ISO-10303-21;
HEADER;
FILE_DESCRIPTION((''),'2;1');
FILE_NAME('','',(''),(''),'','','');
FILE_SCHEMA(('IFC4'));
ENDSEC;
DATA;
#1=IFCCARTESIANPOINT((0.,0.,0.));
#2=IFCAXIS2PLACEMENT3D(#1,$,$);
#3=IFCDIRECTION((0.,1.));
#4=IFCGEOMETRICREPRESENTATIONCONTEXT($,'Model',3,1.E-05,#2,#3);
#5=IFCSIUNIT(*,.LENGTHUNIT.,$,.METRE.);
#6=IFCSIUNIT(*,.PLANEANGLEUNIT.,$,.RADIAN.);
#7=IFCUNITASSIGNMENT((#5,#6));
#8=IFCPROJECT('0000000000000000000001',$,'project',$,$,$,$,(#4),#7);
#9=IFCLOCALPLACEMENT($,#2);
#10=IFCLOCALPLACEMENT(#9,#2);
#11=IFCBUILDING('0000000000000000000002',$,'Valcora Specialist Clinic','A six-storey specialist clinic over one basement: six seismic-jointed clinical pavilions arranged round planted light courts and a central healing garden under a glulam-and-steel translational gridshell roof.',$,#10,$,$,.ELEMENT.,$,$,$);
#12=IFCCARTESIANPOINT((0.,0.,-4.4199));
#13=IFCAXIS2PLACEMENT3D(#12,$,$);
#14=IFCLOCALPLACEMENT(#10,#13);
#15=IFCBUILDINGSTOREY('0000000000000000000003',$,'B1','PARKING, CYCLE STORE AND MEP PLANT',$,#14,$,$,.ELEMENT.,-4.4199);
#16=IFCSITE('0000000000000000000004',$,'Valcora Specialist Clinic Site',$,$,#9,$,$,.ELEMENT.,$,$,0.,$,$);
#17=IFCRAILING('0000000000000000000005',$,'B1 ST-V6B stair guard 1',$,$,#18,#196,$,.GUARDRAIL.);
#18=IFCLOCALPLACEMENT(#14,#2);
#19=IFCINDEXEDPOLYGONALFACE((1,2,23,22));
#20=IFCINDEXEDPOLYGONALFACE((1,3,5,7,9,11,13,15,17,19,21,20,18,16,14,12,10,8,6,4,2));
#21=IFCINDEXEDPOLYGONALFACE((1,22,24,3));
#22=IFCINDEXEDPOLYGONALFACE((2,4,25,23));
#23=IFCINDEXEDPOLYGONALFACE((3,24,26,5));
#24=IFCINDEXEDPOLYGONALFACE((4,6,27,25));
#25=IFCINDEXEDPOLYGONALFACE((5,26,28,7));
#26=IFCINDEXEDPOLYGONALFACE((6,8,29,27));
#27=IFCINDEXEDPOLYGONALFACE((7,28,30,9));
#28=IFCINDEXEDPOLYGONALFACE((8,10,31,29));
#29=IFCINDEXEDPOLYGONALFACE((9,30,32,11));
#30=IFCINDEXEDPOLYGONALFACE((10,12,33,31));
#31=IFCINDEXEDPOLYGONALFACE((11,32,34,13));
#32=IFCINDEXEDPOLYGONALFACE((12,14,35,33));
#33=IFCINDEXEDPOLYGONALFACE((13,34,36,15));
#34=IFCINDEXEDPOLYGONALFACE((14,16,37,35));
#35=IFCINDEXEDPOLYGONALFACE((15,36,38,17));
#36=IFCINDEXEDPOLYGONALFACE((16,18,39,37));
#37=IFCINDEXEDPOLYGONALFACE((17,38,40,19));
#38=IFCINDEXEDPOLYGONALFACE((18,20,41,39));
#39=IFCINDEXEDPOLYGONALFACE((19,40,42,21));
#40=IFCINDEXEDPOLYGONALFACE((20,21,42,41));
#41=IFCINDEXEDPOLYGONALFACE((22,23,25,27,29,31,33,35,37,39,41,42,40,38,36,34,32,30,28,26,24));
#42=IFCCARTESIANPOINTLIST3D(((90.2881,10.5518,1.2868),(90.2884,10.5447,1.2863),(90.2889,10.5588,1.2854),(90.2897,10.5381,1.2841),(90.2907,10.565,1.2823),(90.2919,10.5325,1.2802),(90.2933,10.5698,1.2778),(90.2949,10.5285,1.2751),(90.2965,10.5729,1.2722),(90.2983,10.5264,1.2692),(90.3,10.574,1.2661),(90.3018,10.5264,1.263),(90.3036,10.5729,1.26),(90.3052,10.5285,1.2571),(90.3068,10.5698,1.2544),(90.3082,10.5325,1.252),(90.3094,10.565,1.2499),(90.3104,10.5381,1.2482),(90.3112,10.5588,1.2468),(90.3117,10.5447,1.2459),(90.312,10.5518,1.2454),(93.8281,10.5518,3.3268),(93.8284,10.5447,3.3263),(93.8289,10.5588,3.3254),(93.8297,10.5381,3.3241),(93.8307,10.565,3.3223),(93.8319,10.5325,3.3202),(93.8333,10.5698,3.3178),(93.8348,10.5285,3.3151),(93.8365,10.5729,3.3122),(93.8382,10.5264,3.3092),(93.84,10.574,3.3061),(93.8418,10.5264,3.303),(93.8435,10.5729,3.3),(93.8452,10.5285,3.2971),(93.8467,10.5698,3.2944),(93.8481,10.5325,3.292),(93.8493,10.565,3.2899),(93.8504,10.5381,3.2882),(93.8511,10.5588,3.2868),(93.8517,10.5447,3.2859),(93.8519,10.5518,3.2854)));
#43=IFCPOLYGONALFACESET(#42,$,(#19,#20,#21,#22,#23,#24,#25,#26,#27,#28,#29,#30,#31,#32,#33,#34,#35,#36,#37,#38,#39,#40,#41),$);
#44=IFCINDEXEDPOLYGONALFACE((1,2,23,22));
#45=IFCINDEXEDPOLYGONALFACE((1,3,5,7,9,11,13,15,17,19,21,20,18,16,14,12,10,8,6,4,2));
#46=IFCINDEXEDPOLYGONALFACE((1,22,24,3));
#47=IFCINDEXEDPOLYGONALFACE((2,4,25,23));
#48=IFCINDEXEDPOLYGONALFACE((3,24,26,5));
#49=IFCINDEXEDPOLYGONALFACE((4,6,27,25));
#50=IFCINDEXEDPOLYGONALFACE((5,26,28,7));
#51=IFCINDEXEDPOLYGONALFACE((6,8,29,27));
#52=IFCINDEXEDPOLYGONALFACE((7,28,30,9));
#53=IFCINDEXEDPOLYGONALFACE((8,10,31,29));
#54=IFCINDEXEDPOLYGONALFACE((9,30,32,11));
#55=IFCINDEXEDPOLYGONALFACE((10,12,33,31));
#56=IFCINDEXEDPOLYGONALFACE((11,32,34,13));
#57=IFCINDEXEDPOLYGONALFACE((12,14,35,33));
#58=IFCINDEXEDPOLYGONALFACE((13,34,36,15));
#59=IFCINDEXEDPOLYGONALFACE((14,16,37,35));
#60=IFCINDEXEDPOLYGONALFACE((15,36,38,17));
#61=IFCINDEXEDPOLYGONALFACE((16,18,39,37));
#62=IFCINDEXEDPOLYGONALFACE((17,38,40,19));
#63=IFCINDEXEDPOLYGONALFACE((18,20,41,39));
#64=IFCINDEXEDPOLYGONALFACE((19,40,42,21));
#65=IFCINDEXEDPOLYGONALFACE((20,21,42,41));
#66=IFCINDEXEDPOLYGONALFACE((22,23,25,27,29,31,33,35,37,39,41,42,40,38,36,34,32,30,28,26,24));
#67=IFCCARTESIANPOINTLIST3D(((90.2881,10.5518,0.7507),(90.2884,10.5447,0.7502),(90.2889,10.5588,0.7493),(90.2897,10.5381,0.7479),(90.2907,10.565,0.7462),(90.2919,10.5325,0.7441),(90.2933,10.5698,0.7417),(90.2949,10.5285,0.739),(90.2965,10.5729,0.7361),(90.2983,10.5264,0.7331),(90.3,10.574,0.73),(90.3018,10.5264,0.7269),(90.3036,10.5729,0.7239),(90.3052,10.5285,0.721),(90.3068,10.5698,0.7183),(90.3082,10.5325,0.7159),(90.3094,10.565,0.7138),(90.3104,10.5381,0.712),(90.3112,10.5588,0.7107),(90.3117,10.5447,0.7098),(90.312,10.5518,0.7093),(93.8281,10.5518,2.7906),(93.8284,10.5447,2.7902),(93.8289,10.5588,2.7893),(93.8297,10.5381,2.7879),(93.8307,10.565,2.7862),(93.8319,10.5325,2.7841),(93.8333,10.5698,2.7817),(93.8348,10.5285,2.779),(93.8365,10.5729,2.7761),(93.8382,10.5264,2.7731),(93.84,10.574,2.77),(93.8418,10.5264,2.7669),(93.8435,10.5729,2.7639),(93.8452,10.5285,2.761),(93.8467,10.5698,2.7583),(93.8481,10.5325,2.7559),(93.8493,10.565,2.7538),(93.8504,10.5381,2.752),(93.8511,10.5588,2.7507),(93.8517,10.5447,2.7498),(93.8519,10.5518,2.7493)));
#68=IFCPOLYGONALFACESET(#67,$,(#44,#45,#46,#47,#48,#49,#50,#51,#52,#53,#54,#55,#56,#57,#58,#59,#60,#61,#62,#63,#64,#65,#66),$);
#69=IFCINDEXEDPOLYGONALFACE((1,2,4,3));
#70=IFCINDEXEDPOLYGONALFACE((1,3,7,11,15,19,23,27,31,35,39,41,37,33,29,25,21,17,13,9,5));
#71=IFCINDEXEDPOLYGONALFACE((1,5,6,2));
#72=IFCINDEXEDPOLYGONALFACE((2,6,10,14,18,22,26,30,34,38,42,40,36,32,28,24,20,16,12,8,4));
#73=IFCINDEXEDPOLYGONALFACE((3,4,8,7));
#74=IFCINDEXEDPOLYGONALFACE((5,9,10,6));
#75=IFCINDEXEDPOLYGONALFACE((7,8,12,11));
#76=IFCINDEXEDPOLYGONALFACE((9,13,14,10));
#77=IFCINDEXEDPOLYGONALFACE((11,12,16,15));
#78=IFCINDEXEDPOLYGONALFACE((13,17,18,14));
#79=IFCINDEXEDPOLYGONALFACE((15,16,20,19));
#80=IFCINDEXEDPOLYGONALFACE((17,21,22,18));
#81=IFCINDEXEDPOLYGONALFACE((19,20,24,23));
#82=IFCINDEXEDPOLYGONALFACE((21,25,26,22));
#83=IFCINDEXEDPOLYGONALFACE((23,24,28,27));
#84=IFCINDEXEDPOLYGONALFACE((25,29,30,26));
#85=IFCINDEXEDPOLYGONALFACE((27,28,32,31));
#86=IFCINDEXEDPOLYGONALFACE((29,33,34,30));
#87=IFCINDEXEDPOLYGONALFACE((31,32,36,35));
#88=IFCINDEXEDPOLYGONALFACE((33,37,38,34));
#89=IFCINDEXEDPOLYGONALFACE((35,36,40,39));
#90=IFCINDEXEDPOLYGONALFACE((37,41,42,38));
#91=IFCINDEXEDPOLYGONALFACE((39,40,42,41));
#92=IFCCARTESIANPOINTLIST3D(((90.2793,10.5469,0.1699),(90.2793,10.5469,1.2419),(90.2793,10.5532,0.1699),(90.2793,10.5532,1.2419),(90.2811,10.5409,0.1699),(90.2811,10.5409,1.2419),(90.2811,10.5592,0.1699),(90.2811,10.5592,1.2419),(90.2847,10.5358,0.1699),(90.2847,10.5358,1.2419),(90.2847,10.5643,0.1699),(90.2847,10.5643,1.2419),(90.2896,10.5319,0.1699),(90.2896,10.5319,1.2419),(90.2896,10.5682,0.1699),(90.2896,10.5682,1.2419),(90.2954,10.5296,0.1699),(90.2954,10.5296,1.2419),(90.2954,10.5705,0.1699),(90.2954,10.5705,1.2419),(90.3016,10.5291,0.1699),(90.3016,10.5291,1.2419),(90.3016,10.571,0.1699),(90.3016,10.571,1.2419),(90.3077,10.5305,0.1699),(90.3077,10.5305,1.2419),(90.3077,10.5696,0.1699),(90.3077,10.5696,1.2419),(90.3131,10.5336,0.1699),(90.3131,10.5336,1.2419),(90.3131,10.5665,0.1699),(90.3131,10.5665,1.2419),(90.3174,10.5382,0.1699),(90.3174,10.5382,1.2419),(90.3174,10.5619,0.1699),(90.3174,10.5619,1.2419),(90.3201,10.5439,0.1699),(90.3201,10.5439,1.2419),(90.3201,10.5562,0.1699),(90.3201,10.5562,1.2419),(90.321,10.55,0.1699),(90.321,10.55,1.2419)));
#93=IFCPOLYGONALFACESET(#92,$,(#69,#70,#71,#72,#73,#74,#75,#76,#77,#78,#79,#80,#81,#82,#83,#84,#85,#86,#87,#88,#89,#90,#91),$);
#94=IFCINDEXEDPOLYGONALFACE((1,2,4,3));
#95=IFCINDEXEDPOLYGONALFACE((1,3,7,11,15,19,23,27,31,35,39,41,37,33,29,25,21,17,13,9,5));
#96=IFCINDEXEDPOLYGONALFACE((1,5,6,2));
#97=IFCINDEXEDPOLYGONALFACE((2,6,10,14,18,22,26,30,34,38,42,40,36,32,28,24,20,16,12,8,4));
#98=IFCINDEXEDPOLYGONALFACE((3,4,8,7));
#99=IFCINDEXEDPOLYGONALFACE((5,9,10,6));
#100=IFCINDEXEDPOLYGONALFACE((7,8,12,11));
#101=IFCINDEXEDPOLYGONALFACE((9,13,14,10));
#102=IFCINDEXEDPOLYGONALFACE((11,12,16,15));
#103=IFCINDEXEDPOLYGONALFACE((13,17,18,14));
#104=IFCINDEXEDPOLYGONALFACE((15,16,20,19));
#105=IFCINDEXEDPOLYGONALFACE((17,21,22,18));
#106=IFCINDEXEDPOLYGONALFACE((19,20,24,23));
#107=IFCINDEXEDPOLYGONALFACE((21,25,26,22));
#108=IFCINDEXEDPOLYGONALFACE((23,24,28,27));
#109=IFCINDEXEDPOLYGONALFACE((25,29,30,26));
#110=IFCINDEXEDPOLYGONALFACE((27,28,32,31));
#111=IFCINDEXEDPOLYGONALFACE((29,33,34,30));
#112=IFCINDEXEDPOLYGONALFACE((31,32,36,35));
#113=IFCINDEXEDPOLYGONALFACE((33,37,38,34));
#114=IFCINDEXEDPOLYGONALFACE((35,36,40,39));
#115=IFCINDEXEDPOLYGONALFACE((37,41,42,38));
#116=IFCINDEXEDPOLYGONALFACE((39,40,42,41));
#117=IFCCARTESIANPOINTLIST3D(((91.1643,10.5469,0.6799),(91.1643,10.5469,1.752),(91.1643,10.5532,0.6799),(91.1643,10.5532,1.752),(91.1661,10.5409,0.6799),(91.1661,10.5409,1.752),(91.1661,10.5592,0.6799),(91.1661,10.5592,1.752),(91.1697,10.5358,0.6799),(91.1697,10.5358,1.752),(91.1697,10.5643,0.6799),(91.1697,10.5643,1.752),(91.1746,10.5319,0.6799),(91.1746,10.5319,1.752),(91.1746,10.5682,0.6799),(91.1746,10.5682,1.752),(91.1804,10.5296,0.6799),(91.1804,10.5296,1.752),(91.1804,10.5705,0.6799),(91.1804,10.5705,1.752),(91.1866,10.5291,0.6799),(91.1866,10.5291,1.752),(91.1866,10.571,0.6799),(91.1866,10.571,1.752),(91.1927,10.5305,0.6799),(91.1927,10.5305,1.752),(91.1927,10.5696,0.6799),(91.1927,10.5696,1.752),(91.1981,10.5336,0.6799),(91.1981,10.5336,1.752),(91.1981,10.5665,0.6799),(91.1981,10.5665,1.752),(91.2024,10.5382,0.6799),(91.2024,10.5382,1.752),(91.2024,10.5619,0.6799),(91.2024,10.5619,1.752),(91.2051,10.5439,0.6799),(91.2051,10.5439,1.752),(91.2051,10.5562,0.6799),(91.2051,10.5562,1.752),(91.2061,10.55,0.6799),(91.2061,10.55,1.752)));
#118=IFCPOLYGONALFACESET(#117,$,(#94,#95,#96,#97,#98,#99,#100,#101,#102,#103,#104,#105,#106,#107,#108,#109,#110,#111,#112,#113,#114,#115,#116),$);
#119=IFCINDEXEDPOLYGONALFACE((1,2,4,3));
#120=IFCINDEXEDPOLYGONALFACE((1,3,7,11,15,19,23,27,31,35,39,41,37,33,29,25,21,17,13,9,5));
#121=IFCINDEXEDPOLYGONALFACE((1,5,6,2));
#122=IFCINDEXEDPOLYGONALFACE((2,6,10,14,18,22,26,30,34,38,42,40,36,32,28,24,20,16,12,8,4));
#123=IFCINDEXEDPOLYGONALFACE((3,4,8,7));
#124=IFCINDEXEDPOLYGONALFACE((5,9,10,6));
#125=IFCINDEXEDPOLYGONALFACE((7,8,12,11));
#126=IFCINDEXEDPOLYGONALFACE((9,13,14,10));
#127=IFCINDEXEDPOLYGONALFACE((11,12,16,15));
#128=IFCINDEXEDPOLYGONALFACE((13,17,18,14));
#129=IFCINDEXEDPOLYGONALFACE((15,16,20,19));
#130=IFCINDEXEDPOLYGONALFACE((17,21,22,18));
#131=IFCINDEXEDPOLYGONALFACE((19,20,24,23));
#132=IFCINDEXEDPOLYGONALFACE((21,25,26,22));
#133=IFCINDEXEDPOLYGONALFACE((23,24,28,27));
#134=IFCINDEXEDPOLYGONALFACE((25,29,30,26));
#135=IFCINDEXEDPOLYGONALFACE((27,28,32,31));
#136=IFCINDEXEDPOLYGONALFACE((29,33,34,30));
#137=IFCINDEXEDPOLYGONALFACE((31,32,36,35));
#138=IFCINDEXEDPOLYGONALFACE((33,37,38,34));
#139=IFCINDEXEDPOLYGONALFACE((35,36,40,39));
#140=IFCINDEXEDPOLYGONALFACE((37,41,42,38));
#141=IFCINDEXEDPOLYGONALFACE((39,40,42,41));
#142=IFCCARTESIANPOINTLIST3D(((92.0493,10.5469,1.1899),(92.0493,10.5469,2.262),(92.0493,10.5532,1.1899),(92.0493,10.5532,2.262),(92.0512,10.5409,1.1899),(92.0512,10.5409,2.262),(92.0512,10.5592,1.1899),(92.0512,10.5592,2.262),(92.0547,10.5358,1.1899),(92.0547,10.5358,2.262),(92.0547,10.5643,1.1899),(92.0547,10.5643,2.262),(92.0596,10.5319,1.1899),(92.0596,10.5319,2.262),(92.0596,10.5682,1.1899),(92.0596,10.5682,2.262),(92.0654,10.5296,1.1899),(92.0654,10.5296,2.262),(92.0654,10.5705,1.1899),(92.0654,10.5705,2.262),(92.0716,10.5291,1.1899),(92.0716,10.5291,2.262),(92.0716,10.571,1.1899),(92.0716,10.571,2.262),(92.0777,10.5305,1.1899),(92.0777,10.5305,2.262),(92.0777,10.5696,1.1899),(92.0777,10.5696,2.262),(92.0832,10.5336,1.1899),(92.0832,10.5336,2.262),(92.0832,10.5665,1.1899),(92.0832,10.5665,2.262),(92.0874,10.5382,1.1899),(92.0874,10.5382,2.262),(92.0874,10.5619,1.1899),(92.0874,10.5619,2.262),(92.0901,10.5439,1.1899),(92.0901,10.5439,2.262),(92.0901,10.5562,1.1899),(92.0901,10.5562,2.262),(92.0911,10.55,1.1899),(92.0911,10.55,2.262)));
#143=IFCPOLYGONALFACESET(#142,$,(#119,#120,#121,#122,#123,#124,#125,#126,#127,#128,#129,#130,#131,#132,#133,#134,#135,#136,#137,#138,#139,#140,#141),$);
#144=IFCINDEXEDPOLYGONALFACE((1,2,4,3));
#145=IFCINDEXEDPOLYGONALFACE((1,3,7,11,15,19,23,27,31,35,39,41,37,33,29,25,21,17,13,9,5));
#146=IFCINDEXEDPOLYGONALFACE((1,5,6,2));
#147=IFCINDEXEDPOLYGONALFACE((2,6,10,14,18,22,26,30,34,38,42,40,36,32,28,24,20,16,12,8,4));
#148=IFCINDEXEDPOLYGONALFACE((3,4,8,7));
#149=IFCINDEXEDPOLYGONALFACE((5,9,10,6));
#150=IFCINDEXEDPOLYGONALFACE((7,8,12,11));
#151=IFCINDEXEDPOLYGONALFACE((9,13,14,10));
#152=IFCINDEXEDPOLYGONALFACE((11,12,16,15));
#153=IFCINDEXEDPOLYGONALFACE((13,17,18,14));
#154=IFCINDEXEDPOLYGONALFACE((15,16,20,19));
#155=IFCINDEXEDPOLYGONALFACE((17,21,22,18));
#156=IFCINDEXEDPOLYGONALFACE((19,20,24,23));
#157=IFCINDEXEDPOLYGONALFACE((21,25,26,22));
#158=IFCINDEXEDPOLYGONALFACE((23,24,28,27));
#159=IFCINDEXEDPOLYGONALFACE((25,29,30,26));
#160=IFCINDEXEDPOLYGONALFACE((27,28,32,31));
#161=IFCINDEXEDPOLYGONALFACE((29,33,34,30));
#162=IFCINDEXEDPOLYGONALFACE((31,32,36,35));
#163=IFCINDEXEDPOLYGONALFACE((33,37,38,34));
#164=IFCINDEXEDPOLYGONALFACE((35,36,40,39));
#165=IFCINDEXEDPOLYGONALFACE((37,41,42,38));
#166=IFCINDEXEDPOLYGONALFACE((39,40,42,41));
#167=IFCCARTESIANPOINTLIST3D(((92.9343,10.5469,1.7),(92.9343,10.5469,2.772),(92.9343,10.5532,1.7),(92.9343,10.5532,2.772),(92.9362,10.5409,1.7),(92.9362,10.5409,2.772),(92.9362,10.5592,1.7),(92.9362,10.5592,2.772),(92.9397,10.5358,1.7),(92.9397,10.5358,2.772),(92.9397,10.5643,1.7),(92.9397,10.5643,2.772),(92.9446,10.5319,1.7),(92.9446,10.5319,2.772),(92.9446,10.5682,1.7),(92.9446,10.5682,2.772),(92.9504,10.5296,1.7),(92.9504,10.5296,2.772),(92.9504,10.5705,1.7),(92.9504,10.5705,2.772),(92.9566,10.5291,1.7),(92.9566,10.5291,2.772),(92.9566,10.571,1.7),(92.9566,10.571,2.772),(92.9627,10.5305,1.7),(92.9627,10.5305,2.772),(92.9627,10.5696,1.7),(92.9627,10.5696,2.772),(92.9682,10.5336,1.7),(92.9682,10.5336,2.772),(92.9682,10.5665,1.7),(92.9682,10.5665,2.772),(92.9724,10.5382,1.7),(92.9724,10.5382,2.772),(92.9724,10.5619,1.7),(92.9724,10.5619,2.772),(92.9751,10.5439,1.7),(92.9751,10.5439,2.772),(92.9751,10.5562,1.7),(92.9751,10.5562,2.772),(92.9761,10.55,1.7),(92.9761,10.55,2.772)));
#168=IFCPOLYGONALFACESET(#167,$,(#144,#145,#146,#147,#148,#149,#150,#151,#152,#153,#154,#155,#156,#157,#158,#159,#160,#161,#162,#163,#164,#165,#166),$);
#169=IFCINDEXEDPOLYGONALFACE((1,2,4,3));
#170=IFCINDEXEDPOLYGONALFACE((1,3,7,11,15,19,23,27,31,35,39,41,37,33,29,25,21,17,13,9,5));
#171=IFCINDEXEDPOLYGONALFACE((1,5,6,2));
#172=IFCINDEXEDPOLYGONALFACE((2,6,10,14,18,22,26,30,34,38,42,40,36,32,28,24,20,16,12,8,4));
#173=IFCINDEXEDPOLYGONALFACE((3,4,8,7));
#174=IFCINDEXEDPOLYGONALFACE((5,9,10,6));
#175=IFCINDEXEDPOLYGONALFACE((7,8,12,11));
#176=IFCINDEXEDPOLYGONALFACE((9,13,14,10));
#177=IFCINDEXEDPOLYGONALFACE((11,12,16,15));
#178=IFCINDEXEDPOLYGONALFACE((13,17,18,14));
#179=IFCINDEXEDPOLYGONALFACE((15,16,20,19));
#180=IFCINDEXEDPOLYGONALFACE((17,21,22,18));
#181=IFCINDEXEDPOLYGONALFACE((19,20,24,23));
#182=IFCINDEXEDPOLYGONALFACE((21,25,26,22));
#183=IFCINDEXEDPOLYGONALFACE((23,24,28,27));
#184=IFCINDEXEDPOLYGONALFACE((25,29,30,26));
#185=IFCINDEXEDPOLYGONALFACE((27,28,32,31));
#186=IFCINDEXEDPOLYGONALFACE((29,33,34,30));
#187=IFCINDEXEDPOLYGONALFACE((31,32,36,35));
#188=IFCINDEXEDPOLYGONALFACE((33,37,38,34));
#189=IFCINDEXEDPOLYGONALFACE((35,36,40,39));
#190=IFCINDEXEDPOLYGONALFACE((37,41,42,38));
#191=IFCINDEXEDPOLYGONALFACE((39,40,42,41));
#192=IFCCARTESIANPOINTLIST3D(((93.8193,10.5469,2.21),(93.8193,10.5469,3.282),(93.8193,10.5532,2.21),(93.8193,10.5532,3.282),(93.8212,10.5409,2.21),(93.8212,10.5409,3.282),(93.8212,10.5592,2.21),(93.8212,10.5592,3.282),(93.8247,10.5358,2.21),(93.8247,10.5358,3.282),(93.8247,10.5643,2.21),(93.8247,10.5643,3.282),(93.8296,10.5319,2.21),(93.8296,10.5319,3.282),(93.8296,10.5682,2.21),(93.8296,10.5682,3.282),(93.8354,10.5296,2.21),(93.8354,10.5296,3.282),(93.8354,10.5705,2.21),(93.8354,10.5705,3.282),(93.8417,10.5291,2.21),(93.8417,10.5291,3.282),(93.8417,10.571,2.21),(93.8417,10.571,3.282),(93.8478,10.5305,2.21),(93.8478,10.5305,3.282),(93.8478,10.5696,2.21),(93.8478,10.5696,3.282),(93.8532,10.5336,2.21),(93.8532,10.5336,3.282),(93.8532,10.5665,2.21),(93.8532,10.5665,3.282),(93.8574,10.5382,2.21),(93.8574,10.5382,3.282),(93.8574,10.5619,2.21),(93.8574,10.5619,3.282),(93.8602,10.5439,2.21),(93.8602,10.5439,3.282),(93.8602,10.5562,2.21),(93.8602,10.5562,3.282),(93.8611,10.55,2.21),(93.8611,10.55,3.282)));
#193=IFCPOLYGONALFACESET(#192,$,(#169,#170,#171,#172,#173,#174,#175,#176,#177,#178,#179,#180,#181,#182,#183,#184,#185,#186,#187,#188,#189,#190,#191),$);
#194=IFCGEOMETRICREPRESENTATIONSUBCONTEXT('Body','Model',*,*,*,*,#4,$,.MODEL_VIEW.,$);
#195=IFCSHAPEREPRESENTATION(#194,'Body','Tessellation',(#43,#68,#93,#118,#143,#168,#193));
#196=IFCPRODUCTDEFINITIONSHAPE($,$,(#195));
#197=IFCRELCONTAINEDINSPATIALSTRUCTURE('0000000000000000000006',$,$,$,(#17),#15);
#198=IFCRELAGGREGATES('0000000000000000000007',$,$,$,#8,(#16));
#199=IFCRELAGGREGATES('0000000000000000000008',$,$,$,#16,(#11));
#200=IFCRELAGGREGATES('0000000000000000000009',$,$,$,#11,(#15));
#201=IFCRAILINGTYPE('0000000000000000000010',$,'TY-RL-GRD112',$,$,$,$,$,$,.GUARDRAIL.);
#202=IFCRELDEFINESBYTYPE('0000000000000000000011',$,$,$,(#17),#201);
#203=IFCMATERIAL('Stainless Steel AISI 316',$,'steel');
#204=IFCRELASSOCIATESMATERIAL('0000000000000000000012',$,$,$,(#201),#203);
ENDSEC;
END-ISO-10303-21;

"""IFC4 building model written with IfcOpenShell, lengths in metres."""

from ifc_helpers import new_model, si_unit, direction, frame, origin, origin_2d, place, context, subcontext, project, spatial, circle, extrude, material, type_object, element, save


model = new_model("IFC4")

# Units and contexts
model_context = context("Model", 3, precision=1e-05, world=origin(), true_north=direction((0.0, 1.0)))
body_context = subcontext(model_context, "Body", "Model", "MODEL_VIEW")
ifc_project = project(units=[si_unit("LENGTHUNIT", "METRE"), si_unit("PLANEANGLEUNIT", "RADIAN")], contexts=[model_context])

# Site, building, storey
site_placement = place(None, origin())
site = spatial("IfcSite", under=ifc_project, at=site_placement, Name="Valcora Specialist Clinic Site", CompositionType="ELEMENT", RefElevation=0.0)
building_placement = place(site_placement, origin())
building = spatial("IfcBuilding", under=site, at=building_placement, Name="Valcora Specialist Clinic", Description="A six-storey specialist clinic over one basement: six seismic-jointed clinical pavilions arranged round planted light courts and a central healing garden under a glulam-and-steel translational gridshell roof.", CompositionType="ELEMENT")
storey_placement = place(building_placement, frame((0.0, 0.0, -4.4199)))
storey = spatial("IfcBuildingStorey", under=building, at=storey_placement, Name="B1", Description="PARKING, CYCLE STORE AND MEP PLANT", CompositionType="ELEMENT", Elevation=-4.4199)

# Railing
ifc_material_1 = material(Name="Stainless Steel AISI 316", Category="steel")
railing_type_1 = type_object("IfcRailingType", Name="TY-RL-GRD112", PredefinedType="GUARDRAIL", material=ifc_material_1)
railing_1_placement = place(storey_placement, frame((90.3, 10.55, 0.1699)))
element("IfcRailing", 1, at=railing_1_placement, inside=storey, type_object=railing_type_1, Name="B1 ST-V6B stair guard 1", PredefinedType="GUARDRAIL", context=body_context, shape_type="SweptSolid", body=[
    extrude(circle(Radius=0.0239, at=origin_2d()), frame((0.0, 0.0, 1.0962), z_axis=(0.866428, 0.0, 0.499302), x_axis=(0.0, 1.0, 0.0)), (0.0, 0.0, 1.0), 4.0857),
    extrude(circle(Radius=0.0239, at=origin_2d()), frame((0.0, 0.0, 0.5601), z_axis=(0.866428, 0.0, 0.499302), x_axis=(0.0, 1.0, 0.0)), (0.0, 0.0, 1.0), 4.0857),
    extrude(circle(Radius=0.021, at=origin_2d()), origin(), (0.0, 0.0, 1.0), 1.072),
    extrude(circle(Radius=0.021, at=origin_2d()), frame((0.885, 0.0, 0.51)), (0.0, 0.0, 1.0), 1.072),
    extrude(circle(Radius=0.021, at=origin_2d()), frame((1.77, 0.0, 1.02)), (0.0, 0.0, 1.0), 1.072),
    extrude(circle(Radius=0.021, at=origin_2d()), frame((2.655, 0.0, 1.53)), (0.0, 0.0, 1.0), 1.072),
    extrude(circle(Radius=0.021, at=origin_2d()), frame((3.54, 0.0, 2.04)), (0.0, 0.0, 1.0), 1.072),
])

save(model, "model.ifc")
